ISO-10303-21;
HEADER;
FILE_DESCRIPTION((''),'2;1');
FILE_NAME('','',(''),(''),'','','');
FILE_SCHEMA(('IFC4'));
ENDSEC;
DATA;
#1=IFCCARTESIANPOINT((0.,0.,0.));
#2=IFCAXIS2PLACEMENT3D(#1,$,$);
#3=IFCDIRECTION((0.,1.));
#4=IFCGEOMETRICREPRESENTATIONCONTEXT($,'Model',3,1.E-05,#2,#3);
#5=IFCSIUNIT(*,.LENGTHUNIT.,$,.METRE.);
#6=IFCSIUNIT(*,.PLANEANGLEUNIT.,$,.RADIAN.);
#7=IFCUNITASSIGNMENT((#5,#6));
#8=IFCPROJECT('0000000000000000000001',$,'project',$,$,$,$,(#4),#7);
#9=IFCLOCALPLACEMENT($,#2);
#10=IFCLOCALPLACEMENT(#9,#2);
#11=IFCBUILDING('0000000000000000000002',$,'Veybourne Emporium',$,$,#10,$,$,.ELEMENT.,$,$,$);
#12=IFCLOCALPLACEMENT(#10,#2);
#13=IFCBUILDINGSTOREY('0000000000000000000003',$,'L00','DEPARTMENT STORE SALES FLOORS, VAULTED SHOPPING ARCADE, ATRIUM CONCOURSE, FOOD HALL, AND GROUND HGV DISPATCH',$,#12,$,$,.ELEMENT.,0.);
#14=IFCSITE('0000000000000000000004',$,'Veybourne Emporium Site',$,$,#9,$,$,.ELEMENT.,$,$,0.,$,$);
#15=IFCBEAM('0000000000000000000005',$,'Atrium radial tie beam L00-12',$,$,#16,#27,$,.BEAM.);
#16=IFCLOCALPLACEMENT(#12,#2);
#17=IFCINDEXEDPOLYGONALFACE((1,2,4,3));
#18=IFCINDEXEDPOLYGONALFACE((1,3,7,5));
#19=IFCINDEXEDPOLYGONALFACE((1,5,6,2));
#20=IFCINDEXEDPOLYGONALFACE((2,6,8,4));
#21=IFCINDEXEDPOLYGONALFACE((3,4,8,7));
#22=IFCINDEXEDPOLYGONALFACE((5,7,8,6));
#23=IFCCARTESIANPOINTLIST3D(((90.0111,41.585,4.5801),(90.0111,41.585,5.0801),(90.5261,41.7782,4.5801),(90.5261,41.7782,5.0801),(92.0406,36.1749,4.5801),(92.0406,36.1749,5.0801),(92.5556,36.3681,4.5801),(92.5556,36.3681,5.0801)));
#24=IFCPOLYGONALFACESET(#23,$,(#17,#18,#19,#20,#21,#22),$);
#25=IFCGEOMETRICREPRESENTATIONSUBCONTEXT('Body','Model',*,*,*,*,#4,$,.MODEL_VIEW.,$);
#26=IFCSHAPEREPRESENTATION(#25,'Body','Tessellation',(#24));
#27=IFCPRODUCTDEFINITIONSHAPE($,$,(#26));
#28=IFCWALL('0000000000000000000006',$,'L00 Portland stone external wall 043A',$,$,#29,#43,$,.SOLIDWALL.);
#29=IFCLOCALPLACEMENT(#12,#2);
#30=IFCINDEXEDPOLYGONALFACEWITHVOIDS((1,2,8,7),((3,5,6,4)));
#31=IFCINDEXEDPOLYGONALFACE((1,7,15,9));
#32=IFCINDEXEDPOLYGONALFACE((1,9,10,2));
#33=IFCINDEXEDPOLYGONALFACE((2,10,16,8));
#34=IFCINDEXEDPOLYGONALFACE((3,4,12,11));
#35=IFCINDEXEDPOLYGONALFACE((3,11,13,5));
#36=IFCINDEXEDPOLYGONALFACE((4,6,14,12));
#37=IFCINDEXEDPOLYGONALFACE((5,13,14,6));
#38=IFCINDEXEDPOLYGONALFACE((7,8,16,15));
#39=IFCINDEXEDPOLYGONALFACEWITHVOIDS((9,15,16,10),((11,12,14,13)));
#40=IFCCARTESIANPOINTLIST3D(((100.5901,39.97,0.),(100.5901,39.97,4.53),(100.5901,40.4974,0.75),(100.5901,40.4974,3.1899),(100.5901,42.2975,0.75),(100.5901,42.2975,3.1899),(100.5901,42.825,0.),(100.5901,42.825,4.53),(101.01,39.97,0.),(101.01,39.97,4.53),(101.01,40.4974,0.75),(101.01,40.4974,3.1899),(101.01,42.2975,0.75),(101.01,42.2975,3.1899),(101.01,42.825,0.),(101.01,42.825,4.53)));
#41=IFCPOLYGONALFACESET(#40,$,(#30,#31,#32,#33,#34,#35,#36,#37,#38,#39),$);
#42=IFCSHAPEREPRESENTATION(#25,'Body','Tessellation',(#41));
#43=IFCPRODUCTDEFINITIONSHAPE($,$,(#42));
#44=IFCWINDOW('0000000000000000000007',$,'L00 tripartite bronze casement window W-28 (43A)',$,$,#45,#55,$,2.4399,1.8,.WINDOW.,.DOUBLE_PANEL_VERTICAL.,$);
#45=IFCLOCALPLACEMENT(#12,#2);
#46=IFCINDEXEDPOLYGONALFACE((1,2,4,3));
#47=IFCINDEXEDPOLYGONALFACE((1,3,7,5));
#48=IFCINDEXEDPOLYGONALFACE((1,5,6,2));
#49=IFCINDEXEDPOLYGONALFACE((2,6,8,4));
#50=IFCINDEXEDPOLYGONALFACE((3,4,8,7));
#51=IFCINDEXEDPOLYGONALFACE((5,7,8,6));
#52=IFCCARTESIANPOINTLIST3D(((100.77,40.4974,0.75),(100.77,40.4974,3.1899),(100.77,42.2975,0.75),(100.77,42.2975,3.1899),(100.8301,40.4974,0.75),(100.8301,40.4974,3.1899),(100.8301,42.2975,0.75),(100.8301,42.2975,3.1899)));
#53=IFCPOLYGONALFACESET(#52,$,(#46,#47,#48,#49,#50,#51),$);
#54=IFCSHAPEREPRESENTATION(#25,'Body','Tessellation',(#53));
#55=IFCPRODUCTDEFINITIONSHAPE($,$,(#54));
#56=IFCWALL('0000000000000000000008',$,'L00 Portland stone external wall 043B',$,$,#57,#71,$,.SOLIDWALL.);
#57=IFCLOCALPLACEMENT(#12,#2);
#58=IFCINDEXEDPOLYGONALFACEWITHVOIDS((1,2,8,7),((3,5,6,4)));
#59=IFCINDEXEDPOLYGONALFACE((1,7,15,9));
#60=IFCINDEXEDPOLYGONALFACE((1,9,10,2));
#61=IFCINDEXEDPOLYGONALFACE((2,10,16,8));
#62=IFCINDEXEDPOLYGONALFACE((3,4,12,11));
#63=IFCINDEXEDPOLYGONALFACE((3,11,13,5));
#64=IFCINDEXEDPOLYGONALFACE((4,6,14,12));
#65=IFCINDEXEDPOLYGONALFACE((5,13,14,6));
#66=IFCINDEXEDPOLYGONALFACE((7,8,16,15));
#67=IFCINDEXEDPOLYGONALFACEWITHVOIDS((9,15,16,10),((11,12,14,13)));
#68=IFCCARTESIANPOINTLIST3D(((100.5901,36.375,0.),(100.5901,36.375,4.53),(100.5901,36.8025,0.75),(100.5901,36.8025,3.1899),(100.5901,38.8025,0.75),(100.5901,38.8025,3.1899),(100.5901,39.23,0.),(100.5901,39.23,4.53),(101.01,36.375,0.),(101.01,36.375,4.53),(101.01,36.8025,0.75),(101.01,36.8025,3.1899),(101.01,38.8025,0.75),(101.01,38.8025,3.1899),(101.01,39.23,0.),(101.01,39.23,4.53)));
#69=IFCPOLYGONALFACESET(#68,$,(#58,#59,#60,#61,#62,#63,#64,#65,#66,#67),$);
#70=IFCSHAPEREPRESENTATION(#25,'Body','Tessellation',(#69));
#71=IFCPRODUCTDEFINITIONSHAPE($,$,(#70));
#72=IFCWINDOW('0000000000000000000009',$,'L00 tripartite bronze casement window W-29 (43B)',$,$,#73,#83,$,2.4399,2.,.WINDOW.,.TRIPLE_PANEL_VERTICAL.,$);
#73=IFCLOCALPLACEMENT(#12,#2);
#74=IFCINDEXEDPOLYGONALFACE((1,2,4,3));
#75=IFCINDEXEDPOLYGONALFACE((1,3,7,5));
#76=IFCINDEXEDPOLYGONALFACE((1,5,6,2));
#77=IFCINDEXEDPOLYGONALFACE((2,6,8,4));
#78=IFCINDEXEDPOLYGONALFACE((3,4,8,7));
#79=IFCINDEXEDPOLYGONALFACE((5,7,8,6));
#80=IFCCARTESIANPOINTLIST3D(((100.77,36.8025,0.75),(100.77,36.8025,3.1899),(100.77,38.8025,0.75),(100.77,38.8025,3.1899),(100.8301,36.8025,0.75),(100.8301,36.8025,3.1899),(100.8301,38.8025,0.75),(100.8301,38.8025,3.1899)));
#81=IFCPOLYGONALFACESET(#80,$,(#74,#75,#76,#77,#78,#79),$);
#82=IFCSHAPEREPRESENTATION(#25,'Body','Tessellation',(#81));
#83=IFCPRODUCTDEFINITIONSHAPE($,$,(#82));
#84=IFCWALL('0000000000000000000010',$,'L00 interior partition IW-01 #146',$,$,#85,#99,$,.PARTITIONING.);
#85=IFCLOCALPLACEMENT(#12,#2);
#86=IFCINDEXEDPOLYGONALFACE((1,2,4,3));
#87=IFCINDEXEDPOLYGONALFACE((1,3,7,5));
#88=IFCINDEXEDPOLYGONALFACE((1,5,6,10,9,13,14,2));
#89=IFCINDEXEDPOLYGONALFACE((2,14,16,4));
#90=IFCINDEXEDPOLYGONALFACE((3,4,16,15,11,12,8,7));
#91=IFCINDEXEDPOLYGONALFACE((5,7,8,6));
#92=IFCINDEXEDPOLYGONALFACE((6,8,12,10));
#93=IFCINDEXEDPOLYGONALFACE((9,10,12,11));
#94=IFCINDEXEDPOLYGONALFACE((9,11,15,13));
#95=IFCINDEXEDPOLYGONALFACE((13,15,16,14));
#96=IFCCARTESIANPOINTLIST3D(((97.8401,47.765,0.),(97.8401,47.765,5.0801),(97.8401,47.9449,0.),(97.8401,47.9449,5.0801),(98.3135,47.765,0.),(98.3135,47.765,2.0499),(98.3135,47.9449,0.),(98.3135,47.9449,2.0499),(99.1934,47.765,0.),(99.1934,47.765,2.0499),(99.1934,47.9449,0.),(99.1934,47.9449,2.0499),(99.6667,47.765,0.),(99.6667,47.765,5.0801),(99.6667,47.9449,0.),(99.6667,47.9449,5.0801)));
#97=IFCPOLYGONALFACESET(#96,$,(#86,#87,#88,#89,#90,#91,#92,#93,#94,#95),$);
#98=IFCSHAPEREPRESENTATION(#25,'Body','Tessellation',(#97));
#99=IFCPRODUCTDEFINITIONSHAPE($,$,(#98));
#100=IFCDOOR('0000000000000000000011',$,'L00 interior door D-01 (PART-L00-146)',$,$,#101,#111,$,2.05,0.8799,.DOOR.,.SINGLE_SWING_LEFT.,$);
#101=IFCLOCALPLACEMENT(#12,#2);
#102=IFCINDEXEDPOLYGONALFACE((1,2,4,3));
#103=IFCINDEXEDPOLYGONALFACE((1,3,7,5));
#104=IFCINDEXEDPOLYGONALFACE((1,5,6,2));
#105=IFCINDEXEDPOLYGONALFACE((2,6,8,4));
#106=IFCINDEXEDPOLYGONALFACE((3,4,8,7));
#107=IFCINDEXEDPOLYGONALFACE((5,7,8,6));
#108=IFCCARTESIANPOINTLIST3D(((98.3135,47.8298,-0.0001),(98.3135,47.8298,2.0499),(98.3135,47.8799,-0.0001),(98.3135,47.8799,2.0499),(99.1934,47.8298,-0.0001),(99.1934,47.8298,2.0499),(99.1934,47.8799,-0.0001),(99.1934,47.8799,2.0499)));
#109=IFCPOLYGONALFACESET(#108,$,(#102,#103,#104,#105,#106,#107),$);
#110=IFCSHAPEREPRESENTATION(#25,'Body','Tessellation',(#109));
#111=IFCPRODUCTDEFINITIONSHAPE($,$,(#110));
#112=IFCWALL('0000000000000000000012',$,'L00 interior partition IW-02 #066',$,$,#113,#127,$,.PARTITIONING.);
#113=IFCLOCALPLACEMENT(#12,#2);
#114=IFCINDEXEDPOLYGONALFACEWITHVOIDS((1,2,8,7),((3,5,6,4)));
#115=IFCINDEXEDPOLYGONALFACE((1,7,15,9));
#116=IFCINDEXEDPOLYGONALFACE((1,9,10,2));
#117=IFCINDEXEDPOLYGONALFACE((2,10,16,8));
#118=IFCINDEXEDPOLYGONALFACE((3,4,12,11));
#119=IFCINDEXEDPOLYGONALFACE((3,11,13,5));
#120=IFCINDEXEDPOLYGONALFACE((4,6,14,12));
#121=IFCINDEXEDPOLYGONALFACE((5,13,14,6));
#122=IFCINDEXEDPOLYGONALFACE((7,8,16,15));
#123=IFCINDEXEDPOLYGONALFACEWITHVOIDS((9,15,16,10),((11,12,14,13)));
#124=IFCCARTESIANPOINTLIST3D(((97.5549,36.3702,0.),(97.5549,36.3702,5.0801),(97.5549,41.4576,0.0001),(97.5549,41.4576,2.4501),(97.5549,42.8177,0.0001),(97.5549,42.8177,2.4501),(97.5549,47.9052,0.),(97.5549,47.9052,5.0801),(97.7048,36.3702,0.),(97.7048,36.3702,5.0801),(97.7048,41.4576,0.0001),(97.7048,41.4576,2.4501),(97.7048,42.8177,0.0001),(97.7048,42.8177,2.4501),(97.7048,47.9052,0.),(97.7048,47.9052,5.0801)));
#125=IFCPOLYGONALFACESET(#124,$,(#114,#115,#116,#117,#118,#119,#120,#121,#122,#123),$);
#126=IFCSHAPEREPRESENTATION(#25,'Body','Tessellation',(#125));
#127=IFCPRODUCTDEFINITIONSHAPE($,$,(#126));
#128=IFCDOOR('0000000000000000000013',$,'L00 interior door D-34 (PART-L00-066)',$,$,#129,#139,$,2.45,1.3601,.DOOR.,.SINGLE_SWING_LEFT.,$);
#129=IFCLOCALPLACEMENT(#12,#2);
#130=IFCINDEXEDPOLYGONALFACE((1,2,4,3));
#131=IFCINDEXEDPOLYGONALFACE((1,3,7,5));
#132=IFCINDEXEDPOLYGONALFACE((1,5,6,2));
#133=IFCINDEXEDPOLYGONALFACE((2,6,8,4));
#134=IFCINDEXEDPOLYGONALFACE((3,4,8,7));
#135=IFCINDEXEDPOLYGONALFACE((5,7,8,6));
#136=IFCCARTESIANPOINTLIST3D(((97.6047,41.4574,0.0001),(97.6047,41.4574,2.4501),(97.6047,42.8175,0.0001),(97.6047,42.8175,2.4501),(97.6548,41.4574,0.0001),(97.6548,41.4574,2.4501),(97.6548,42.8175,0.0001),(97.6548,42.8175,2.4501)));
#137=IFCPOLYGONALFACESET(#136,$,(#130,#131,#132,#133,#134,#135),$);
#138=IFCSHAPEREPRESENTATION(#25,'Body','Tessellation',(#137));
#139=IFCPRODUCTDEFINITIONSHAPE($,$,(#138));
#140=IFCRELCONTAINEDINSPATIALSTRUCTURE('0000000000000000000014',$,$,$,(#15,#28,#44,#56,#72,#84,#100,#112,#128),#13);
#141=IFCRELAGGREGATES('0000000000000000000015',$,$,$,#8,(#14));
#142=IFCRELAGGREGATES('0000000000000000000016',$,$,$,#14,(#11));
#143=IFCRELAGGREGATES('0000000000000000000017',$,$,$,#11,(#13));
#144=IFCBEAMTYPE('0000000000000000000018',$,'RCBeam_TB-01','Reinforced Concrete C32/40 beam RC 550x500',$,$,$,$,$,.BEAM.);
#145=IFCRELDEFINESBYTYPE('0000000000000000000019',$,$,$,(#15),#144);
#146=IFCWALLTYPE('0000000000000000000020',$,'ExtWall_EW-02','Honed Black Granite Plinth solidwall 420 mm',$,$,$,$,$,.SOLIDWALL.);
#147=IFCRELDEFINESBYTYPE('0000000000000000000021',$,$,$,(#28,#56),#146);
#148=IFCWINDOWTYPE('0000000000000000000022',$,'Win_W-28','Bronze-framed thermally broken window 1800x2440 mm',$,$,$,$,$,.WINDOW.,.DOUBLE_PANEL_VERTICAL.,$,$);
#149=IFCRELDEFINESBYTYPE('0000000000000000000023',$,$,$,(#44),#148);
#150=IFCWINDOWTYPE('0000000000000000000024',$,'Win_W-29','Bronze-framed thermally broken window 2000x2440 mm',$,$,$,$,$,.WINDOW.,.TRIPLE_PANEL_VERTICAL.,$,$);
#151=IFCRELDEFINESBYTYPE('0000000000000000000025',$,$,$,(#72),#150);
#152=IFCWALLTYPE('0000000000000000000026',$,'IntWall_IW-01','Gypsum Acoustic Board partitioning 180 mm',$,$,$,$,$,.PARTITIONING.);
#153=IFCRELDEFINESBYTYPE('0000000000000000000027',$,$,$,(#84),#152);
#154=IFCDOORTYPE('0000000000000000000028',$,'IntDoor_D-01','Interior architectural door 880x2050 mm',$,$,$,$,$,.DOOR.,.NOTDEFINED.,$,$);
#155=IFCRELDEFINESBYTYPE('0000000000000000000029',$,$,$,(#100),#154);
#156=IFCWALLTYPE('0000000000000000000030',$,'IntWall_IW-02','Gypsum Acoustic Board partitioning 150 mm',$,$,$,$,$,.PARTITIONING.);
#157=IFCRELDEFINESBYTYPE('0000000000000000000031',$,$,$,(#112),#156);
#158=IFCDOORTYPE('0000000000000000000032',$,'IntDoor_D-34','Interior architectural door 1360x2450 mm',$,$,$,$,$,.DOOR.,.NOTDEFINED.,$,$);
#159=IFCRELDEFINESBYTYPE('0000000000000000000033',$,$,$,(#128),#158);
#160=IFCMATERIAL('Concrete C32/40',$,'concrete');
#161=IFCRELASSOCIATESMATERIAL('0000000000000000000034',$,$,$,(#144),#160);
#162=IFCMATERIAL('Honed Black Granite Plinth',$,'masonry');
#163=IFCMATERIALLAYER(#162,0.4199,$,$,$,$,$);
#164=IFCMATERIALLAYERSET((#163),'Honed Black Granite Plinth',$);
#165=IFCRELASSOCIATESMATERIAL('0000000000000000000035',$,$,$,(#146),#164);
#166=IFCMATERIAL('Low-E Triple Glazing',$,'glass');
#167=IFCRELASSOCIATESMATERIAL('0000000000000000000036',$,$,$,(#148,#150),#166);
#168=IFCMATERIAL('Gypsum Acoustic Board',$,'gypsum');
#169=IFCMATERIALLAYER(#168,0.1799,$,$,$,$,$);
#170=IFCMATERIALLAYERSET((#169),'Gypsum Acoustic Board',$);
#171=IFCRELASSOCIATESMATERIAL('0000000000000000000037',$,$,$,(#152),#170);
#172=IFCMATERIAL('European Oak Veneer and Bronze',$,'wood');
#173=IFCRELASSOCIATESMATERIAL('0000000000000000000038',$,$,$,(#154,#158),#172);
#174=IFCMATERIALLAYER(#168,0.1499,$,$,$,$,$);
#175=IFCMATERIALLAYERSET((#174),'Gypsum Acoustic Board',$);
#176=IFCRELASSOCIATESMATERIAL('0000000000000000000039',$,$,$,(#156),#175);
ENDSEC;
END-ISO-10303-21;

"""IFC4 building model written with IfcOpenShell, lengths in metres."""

from ifc_helpers import new_model, si_unit, direction, frame, frame_2d, origin, origin_2d, place, context, subcontext, project, spatial, rectangle, extrude, material, layer, layer_set, material_profile, profile_set, type_object, element, fill, save


model = new_model("IFC4")

# Units and contexts
model_context = context("Model", 3, precision=1e-05, world=origin(), true_north=direction((0.0, 1.0)))
body_context = subcontext(model_context, "Body", "Model", "MODEL_VIEW")
ifc_project = project(units=[si_unit("LENGTHUNIT", "METRE"), si_unit("PLANEANGLEUNIT", "RADIAN")], contexts=[model_context])

# Site, building, storey
site_placement = place(None, origin())
site = spatial("IfcSite", under=ifc_project, at=site_placement, Name="Veybourne Emporium Site", CompositionType="ELEMENT", RefElevation=0.0)
building_placement = place(site_placement, origin())
building = spatial("IfcBuilding", under=site, at=building_placement, Name="Veybourne Emporium", CompositionType="ELEMENT")
storey_placement = place(building_placement, origin())
storey = spatial("IfcBuildingStorey", under=building, at=storey_placement, Name="L00", Description="DEPARTMENT STORE SALES FLOORS, VAULTED SHOPPING ARCADE, ATRIUM CONCOURSE, FOOD HALL, AND GROUND HGV DISPATCH", CompositionType="ELEMENT", Elevation=0.0)

# Beam
ifc_material_1 = material(Name="Concrete C32/40", Category="concrete")
ifc_material_profile_1 = material_profile(ifc_material_1, rectangle(XDim=0.55, YDim=0.5, at=origin_2d()), Name="RC 550x500")
ifc_profile_set_1 = profile_set([ifc_material_profile_1], Name="Concrete C32/40")
beam_type_1 = type_object("IfcBeamType", Name="RCBeam_TB-01", Description="Reinforced Concrete C32/40 beam RC 550x500", PredefinedType="BEAM", material=ifc_profile_set_1)
beam_1_placement = place(storey_placement, frame((90.2686, 41.6816, 4.8301), z_axis=(0.351235, -0.936287, 0.0), x_axis=(0.936287, 0.351235, 0.0)))
element("IfcBeam", 1, at=beam_1_placement, inside=storey, type_object=beam_type_1, Name="Atrium radial tie beam L00-12", PredefinedType="BEAM", context=body_context, shape_type="SweptSolid", body=[
    extrude(rectangle(XDim=0.55, YDim=0.5, at=origin_2d()), origin(), (0.0, 0.0, 1.0), 5.7783),
])

# Walls, openings, windows
ifc_material_2 = material(Name="Honed Black Granite Plinth", Category="masonry")
ifc_layer_1 = layer(ifc_material_2, 0.4199)
ifc_layer_set_1 = layer_set([ifc_layer_1], Name="Honed Black Granite Plinth")
wall_type_1 = type_object("IfcWallType", Name="ExtWall_EW-02", Description="Honed Black Granite Plinth solidwall 420 mm", PredefinedType="SOLIDWALL", material=ifc_layer_set_1)
wall_1_placement = place(storey_placement, frame((100.8, 42.825, 0.0), z_axis=(0.0, 0.0, 1.0), x_axis=(0.0, -1.0, 0.0)))
wall_1 = element("IfcWall", 2, at=wall_1_placement, inside=storey, type_object=wall_type_1, Name="L00 Portland stone external wall 043A", PredefinedType="SOLIDWALL", context=body_context, shape_type="SweptSolid", body=[
    extrude(rectangle(XDim=2.855, YDim=0.4199, at=frame_2d((1.4275, 0.0))), origin(), (0.0, 0.0, 1.0), 4.53),
])
opening_1_placement = place(wall_1_placement, frame((0.5276, 0.0, 0.75)))
opening_1 = element("IfcOpeningElement", 3, at=opening_1_placement, cuts=wall_1, PredefinedType="OPENING", context=body_context, shape_type="SweptSolid", body=[
    extrude(rectangle(XDim=1.8, YDim=2.4399, at=frame_2d((0.8999, 1.22))), frame((0.0, 0.23, 0.0), z_axis=(0.0, -1.0, 0.0), x_axis=(1.0, 0.0, 0.0)), (0.0, 0.0, 1.0), 0.46),
])
ifc_material_3 = material(Name="Low-E Triple Glazing", Category="glass")
window_type_1 = type_object("IfcWindowType", Name="Win_W-28", Description="Bronze-framed thermally broken window 1800x2440 mm", PartitioningType="DOUBLE_PANEL_VERTICAL", PredefinedType="WINDOW", material=ifc_material_3)
window_1_placement = place(opening_1_placement, origin())
window_1 = element("IfcWindow", 4, at=window_1_placement, inside=storey, type_object=window_type_1, Name="L00 tripartite bronze casement window W-28 (43A)", OverallHeight=2.4399, OverallWidth=1.8, PartitioningType="DOUBLE_PANEL_VERTICAL", PredefinedType="WINDOW", context=body_context, shape_type="SweptSolid", body=[
    extrude(rectangle(XDim=1.8, YDim=2.4399, at=frame_2d((0.8999, 1.22))), frame((0.0, 0.03, 0.0), z_axis=(0.0, -1.0, 0.0), x_axis=(1.0, 0.0, 0.0)), (0.0, 0.0, 1.0), 0.0601),
])
fill(opening_1, window_1)
wall_2_placement = place(storey_placement, frame((100.8, 39.23, 0.0), z_axis=(0.0, 0.0, 1.0), x_axis=(0.0, -1.0, 0.0)))
wall_2 = element("IfcWall", 5, at=wall_2_placement, inside=storey, type_object=wall_type_1, Name="L00 Portland stone external wall 043B", PredefinedType="SOLIDWALL", context=body_context, shape_type="SweptSolid", body=[
    extrude(rectangle(XDim=2.855, YDim=0.4199, at=frame_2d((1.4275, 0.0))), origin(), (0.0, 0.0, 1.0), 4.53),
])
opening_2_placement = place(wall_2_placement, frame((0.4275, 0.0, 0.75)))
opening_2 = element("IfcOpeningElement", 6, at=opening_2_placement, cuts=wall_2, PredefinedType="OPENING", context=body_context, shape_type="SweptSolid", body=[
    extrude(rectangle(XDim=2.0, YDim=2.4399, at=frame_2d((1.0, 1.22))), frame((0.0, 0.23, 0.0), z_axis=(0.0, -1.0, 0.0), x_axis=(1.0, 0.0, 0.0)), (0.0, 0.0, 1.0), 0.46),
])
window_type_2 = type_object("IfcWindowType", Name="Win_W-29", Description="Bronze-framed thermally broken window 2000x2440 mm", PartitioningType="TRIPLE_PANEL_VERTICAL", PredefinedType="WINDOW", material=ifc_material_3)
window_2_placement = place(opening_2_placement, origin())
window_2 = element("IfcWindow", 7, at=window_2_placement, inside=storey, type_object=window_type_2, Name="L00 tripartite bronze casement window W-29 (43B)", OverallHeight=2.4399, OverallWidth=2.0, PartitioningType="TRIPLE_PANEL_VERTICAL", PredefinedType="WINDOW", context=body_context, shape_type="SweptSolid", body=[
    extrude(rectangle(XDim=2.0, YDim=2.4399, at=frame_2d((1.0, 1.22))), frame((0.0, 0.03, 0.0), z_axis=(0.0, -1.0, 0.0), x_axis=(1.0, 0.0, 0.0)), (0.0, 0.0, 1.0), 0.0601),
])
fill(opening_2, window_2)

# Walls, openings, doors
ifc_material_4 = material(Name="Gypsum Acoustic Board", Category="gypsum")
ifc_layer_2 = layer(ifc_material_4, 0.1799)
ifc_layer_set_2 = layer_set([ifc_layer_2], Name="Gypsum Acoustic Board")
wall_type_2 = type_object("IfcWallType", Name="IntWall_IW-01", Description="Gypsum Acoustic Board partitioning 180 mm", PredefinedType="PARTITIONING", material=ifc_layer_set_2)
wall_3_placement = place(storey_placement, frame((97.8401, 47.855, 0.0), z_axis=(0.0, 0.0, 1.0), x_axis=(1.0, 0.0, 0.0)))
wall_3 = element("IfcWall", 8, at=wall_3_placement, inside=storey, type_object=wall_type_2, Name="L00 interior partition IW-01 #146", PredefinedType="PARTITIONING", context=body_context, shape_type="SweptSolid", body=[
    extrude(rectangle(XDim=1.8267, YDim=0.1799, at=frame_2d((0.9133, 0.0))), origin(), (0.0, 0.0, 1.0), 5.0801),
])
opening_3_placement = place(wall_3_placement, frame((0.4734, 0.0, 0.0)))
opening_3 = element("IfcOpeningElement", 9, at=opening_3_placement, cuts=wall_3, PredefinedType="OPENING", context=body_context, shape_type="SweptSolid", body=[
    extrude(rectangle(XDim=0.8799, YDim=2.05, at=frame_2d((0.4399, 1.0249))), frame((0.0, 0.1099, 0.0), z_axis=(0.0, -1.0, 0.0), x_axis=(1.0, 0.0, 0.0)), (0.0, 0.0, 1.0), 0.22),
])
ifc_material_5 = material(Name="European Oak Veneer and Bronze", Category="wood")
door_type_1 = type_object("IfcDoorType", Name="IntDoor_D-01", Description="Interior architectural door 880x2050 mm", OperationType="NOTDEFINED", PredefinedType="DOOR", material=ifc_material_5)
door_1_placement = place(opening_3_placement, origin())
door_1 = element("IfcDoor", 10, at=door_1_placement, inside=storey, type_object=door_type_1, Name="L00 interior door D-01 (PART-L00-146)", OperationType="SINGLE_SWING_LEFT", OverallHeight=2.05, OverallWidth=0.8799, PredefinedType="DOOR", context=body_context, shape_type="SweptSolid", body=[
    extrude(rectangle(XDim=0.8799, YDim=2.05, at=frame_2d((0.4399, 1.0249))), frame((0.0, 0.0249, 0.0), z_axis=(0.0, -1.0, 0.0), x_axis=(1.0, 0.0, 0.0)), (0.0, 0.0, 1.0), 0.05),
])
fill(opening_3, door_1)
ifc_layer_3 = layer(ifc_material_4, 0.1499)
ifc_layer_set_3 = layer_set([ifc_layer_3], Name="Gypsum Acoustic Board")
wall_type_3 = type_object("IfcWallType", Name="IntWall_IW-02", Description="Gypsum Acoustic Board partitioning 150 mm", PredefinedType="PARTITIONING", material=ifc_layer_set_3)
wall_4_placement = place(storey_placement, frame((97.6299, 36.3701, 0.0), z_axis=(0.0, 0.0, 1.0), x_axis=(0.0, 1.0, 0.0)))
wall_4 = element("IfcWall", 11, at=wall_4_placement, inside=storey, type_object=wall_type_3, Name="L00 interior partition IW-02 #066", PredefinedType="PARTITIONING", context=body_context, shape_type="SweptSolid", body=[
    extrude(rectangle(XDim=11.5349, YDim=0.1499, at=frame_2d((5.7676, 0.0))), origin(), (0.0, 0.0, 1.0), 5.0801),
])
opening_4_placement = place(wall_4_placement, frame((5.0874, 0.0, 0.0)))
opening_4 = element("IfcOpeningElement", 12, at=opening_4_placement, cuts=wall_4, PredefinedType="OPENING", context=body_context, shape_type="SweptSolid", body=[
    extrude(rectangle(XDim=1.3601, YDim=2.45, at=frame_2d((0.6802, 1.2251))), frame((0.0, 0.095, 0.0), z_axis=(0.0, -1.0, 0.0), x_axis=(1.0, 0.0, 0.0)), (0.0, 0.0, 1.0), 0.1899),
])
door_type_2 = type_object("IfcDoorType", Name="IntDoor_D-34", Description="Interior architectural door 1360x2450 mm", OperationType="NOTDEFINED", PredefinedType="DOOR", material=ifc_material_5)
door_2_placement = place(opening_4_placement, frame((1.3601, 0.0, 0.0), z_axis=(0.0, 0.0, 1.0), x_axis=(-1.0, 0.0, 0.0)))
door_2 = element("IfcDoor", 13, at=door_2_placement, inside=storey, type_object=door_type_2, Name="L00 interior door D-34 (PART-L00-066)", OperationType="SINGLE_SWING_LEFT", OverallHeight=2.45, OverallWidth=1.3601, PredefinedType="DOOR", context=body_context, shape_type="SweptSolid", body=[
    extrude(rectangle(XDim=1.3601, YDim=2.45, at=frame_2d((0.6802, 1.2251))), frame((0.0, 0.0249, 0.0), z_axis=(0.0, -1.0, 0.0), x_axis=(1.0, 0.0, 0.0)), (0.0, 0.0, 1.0), 0.05),
])
fill(opening_4, door_2)

save(model, "model.ifc")
